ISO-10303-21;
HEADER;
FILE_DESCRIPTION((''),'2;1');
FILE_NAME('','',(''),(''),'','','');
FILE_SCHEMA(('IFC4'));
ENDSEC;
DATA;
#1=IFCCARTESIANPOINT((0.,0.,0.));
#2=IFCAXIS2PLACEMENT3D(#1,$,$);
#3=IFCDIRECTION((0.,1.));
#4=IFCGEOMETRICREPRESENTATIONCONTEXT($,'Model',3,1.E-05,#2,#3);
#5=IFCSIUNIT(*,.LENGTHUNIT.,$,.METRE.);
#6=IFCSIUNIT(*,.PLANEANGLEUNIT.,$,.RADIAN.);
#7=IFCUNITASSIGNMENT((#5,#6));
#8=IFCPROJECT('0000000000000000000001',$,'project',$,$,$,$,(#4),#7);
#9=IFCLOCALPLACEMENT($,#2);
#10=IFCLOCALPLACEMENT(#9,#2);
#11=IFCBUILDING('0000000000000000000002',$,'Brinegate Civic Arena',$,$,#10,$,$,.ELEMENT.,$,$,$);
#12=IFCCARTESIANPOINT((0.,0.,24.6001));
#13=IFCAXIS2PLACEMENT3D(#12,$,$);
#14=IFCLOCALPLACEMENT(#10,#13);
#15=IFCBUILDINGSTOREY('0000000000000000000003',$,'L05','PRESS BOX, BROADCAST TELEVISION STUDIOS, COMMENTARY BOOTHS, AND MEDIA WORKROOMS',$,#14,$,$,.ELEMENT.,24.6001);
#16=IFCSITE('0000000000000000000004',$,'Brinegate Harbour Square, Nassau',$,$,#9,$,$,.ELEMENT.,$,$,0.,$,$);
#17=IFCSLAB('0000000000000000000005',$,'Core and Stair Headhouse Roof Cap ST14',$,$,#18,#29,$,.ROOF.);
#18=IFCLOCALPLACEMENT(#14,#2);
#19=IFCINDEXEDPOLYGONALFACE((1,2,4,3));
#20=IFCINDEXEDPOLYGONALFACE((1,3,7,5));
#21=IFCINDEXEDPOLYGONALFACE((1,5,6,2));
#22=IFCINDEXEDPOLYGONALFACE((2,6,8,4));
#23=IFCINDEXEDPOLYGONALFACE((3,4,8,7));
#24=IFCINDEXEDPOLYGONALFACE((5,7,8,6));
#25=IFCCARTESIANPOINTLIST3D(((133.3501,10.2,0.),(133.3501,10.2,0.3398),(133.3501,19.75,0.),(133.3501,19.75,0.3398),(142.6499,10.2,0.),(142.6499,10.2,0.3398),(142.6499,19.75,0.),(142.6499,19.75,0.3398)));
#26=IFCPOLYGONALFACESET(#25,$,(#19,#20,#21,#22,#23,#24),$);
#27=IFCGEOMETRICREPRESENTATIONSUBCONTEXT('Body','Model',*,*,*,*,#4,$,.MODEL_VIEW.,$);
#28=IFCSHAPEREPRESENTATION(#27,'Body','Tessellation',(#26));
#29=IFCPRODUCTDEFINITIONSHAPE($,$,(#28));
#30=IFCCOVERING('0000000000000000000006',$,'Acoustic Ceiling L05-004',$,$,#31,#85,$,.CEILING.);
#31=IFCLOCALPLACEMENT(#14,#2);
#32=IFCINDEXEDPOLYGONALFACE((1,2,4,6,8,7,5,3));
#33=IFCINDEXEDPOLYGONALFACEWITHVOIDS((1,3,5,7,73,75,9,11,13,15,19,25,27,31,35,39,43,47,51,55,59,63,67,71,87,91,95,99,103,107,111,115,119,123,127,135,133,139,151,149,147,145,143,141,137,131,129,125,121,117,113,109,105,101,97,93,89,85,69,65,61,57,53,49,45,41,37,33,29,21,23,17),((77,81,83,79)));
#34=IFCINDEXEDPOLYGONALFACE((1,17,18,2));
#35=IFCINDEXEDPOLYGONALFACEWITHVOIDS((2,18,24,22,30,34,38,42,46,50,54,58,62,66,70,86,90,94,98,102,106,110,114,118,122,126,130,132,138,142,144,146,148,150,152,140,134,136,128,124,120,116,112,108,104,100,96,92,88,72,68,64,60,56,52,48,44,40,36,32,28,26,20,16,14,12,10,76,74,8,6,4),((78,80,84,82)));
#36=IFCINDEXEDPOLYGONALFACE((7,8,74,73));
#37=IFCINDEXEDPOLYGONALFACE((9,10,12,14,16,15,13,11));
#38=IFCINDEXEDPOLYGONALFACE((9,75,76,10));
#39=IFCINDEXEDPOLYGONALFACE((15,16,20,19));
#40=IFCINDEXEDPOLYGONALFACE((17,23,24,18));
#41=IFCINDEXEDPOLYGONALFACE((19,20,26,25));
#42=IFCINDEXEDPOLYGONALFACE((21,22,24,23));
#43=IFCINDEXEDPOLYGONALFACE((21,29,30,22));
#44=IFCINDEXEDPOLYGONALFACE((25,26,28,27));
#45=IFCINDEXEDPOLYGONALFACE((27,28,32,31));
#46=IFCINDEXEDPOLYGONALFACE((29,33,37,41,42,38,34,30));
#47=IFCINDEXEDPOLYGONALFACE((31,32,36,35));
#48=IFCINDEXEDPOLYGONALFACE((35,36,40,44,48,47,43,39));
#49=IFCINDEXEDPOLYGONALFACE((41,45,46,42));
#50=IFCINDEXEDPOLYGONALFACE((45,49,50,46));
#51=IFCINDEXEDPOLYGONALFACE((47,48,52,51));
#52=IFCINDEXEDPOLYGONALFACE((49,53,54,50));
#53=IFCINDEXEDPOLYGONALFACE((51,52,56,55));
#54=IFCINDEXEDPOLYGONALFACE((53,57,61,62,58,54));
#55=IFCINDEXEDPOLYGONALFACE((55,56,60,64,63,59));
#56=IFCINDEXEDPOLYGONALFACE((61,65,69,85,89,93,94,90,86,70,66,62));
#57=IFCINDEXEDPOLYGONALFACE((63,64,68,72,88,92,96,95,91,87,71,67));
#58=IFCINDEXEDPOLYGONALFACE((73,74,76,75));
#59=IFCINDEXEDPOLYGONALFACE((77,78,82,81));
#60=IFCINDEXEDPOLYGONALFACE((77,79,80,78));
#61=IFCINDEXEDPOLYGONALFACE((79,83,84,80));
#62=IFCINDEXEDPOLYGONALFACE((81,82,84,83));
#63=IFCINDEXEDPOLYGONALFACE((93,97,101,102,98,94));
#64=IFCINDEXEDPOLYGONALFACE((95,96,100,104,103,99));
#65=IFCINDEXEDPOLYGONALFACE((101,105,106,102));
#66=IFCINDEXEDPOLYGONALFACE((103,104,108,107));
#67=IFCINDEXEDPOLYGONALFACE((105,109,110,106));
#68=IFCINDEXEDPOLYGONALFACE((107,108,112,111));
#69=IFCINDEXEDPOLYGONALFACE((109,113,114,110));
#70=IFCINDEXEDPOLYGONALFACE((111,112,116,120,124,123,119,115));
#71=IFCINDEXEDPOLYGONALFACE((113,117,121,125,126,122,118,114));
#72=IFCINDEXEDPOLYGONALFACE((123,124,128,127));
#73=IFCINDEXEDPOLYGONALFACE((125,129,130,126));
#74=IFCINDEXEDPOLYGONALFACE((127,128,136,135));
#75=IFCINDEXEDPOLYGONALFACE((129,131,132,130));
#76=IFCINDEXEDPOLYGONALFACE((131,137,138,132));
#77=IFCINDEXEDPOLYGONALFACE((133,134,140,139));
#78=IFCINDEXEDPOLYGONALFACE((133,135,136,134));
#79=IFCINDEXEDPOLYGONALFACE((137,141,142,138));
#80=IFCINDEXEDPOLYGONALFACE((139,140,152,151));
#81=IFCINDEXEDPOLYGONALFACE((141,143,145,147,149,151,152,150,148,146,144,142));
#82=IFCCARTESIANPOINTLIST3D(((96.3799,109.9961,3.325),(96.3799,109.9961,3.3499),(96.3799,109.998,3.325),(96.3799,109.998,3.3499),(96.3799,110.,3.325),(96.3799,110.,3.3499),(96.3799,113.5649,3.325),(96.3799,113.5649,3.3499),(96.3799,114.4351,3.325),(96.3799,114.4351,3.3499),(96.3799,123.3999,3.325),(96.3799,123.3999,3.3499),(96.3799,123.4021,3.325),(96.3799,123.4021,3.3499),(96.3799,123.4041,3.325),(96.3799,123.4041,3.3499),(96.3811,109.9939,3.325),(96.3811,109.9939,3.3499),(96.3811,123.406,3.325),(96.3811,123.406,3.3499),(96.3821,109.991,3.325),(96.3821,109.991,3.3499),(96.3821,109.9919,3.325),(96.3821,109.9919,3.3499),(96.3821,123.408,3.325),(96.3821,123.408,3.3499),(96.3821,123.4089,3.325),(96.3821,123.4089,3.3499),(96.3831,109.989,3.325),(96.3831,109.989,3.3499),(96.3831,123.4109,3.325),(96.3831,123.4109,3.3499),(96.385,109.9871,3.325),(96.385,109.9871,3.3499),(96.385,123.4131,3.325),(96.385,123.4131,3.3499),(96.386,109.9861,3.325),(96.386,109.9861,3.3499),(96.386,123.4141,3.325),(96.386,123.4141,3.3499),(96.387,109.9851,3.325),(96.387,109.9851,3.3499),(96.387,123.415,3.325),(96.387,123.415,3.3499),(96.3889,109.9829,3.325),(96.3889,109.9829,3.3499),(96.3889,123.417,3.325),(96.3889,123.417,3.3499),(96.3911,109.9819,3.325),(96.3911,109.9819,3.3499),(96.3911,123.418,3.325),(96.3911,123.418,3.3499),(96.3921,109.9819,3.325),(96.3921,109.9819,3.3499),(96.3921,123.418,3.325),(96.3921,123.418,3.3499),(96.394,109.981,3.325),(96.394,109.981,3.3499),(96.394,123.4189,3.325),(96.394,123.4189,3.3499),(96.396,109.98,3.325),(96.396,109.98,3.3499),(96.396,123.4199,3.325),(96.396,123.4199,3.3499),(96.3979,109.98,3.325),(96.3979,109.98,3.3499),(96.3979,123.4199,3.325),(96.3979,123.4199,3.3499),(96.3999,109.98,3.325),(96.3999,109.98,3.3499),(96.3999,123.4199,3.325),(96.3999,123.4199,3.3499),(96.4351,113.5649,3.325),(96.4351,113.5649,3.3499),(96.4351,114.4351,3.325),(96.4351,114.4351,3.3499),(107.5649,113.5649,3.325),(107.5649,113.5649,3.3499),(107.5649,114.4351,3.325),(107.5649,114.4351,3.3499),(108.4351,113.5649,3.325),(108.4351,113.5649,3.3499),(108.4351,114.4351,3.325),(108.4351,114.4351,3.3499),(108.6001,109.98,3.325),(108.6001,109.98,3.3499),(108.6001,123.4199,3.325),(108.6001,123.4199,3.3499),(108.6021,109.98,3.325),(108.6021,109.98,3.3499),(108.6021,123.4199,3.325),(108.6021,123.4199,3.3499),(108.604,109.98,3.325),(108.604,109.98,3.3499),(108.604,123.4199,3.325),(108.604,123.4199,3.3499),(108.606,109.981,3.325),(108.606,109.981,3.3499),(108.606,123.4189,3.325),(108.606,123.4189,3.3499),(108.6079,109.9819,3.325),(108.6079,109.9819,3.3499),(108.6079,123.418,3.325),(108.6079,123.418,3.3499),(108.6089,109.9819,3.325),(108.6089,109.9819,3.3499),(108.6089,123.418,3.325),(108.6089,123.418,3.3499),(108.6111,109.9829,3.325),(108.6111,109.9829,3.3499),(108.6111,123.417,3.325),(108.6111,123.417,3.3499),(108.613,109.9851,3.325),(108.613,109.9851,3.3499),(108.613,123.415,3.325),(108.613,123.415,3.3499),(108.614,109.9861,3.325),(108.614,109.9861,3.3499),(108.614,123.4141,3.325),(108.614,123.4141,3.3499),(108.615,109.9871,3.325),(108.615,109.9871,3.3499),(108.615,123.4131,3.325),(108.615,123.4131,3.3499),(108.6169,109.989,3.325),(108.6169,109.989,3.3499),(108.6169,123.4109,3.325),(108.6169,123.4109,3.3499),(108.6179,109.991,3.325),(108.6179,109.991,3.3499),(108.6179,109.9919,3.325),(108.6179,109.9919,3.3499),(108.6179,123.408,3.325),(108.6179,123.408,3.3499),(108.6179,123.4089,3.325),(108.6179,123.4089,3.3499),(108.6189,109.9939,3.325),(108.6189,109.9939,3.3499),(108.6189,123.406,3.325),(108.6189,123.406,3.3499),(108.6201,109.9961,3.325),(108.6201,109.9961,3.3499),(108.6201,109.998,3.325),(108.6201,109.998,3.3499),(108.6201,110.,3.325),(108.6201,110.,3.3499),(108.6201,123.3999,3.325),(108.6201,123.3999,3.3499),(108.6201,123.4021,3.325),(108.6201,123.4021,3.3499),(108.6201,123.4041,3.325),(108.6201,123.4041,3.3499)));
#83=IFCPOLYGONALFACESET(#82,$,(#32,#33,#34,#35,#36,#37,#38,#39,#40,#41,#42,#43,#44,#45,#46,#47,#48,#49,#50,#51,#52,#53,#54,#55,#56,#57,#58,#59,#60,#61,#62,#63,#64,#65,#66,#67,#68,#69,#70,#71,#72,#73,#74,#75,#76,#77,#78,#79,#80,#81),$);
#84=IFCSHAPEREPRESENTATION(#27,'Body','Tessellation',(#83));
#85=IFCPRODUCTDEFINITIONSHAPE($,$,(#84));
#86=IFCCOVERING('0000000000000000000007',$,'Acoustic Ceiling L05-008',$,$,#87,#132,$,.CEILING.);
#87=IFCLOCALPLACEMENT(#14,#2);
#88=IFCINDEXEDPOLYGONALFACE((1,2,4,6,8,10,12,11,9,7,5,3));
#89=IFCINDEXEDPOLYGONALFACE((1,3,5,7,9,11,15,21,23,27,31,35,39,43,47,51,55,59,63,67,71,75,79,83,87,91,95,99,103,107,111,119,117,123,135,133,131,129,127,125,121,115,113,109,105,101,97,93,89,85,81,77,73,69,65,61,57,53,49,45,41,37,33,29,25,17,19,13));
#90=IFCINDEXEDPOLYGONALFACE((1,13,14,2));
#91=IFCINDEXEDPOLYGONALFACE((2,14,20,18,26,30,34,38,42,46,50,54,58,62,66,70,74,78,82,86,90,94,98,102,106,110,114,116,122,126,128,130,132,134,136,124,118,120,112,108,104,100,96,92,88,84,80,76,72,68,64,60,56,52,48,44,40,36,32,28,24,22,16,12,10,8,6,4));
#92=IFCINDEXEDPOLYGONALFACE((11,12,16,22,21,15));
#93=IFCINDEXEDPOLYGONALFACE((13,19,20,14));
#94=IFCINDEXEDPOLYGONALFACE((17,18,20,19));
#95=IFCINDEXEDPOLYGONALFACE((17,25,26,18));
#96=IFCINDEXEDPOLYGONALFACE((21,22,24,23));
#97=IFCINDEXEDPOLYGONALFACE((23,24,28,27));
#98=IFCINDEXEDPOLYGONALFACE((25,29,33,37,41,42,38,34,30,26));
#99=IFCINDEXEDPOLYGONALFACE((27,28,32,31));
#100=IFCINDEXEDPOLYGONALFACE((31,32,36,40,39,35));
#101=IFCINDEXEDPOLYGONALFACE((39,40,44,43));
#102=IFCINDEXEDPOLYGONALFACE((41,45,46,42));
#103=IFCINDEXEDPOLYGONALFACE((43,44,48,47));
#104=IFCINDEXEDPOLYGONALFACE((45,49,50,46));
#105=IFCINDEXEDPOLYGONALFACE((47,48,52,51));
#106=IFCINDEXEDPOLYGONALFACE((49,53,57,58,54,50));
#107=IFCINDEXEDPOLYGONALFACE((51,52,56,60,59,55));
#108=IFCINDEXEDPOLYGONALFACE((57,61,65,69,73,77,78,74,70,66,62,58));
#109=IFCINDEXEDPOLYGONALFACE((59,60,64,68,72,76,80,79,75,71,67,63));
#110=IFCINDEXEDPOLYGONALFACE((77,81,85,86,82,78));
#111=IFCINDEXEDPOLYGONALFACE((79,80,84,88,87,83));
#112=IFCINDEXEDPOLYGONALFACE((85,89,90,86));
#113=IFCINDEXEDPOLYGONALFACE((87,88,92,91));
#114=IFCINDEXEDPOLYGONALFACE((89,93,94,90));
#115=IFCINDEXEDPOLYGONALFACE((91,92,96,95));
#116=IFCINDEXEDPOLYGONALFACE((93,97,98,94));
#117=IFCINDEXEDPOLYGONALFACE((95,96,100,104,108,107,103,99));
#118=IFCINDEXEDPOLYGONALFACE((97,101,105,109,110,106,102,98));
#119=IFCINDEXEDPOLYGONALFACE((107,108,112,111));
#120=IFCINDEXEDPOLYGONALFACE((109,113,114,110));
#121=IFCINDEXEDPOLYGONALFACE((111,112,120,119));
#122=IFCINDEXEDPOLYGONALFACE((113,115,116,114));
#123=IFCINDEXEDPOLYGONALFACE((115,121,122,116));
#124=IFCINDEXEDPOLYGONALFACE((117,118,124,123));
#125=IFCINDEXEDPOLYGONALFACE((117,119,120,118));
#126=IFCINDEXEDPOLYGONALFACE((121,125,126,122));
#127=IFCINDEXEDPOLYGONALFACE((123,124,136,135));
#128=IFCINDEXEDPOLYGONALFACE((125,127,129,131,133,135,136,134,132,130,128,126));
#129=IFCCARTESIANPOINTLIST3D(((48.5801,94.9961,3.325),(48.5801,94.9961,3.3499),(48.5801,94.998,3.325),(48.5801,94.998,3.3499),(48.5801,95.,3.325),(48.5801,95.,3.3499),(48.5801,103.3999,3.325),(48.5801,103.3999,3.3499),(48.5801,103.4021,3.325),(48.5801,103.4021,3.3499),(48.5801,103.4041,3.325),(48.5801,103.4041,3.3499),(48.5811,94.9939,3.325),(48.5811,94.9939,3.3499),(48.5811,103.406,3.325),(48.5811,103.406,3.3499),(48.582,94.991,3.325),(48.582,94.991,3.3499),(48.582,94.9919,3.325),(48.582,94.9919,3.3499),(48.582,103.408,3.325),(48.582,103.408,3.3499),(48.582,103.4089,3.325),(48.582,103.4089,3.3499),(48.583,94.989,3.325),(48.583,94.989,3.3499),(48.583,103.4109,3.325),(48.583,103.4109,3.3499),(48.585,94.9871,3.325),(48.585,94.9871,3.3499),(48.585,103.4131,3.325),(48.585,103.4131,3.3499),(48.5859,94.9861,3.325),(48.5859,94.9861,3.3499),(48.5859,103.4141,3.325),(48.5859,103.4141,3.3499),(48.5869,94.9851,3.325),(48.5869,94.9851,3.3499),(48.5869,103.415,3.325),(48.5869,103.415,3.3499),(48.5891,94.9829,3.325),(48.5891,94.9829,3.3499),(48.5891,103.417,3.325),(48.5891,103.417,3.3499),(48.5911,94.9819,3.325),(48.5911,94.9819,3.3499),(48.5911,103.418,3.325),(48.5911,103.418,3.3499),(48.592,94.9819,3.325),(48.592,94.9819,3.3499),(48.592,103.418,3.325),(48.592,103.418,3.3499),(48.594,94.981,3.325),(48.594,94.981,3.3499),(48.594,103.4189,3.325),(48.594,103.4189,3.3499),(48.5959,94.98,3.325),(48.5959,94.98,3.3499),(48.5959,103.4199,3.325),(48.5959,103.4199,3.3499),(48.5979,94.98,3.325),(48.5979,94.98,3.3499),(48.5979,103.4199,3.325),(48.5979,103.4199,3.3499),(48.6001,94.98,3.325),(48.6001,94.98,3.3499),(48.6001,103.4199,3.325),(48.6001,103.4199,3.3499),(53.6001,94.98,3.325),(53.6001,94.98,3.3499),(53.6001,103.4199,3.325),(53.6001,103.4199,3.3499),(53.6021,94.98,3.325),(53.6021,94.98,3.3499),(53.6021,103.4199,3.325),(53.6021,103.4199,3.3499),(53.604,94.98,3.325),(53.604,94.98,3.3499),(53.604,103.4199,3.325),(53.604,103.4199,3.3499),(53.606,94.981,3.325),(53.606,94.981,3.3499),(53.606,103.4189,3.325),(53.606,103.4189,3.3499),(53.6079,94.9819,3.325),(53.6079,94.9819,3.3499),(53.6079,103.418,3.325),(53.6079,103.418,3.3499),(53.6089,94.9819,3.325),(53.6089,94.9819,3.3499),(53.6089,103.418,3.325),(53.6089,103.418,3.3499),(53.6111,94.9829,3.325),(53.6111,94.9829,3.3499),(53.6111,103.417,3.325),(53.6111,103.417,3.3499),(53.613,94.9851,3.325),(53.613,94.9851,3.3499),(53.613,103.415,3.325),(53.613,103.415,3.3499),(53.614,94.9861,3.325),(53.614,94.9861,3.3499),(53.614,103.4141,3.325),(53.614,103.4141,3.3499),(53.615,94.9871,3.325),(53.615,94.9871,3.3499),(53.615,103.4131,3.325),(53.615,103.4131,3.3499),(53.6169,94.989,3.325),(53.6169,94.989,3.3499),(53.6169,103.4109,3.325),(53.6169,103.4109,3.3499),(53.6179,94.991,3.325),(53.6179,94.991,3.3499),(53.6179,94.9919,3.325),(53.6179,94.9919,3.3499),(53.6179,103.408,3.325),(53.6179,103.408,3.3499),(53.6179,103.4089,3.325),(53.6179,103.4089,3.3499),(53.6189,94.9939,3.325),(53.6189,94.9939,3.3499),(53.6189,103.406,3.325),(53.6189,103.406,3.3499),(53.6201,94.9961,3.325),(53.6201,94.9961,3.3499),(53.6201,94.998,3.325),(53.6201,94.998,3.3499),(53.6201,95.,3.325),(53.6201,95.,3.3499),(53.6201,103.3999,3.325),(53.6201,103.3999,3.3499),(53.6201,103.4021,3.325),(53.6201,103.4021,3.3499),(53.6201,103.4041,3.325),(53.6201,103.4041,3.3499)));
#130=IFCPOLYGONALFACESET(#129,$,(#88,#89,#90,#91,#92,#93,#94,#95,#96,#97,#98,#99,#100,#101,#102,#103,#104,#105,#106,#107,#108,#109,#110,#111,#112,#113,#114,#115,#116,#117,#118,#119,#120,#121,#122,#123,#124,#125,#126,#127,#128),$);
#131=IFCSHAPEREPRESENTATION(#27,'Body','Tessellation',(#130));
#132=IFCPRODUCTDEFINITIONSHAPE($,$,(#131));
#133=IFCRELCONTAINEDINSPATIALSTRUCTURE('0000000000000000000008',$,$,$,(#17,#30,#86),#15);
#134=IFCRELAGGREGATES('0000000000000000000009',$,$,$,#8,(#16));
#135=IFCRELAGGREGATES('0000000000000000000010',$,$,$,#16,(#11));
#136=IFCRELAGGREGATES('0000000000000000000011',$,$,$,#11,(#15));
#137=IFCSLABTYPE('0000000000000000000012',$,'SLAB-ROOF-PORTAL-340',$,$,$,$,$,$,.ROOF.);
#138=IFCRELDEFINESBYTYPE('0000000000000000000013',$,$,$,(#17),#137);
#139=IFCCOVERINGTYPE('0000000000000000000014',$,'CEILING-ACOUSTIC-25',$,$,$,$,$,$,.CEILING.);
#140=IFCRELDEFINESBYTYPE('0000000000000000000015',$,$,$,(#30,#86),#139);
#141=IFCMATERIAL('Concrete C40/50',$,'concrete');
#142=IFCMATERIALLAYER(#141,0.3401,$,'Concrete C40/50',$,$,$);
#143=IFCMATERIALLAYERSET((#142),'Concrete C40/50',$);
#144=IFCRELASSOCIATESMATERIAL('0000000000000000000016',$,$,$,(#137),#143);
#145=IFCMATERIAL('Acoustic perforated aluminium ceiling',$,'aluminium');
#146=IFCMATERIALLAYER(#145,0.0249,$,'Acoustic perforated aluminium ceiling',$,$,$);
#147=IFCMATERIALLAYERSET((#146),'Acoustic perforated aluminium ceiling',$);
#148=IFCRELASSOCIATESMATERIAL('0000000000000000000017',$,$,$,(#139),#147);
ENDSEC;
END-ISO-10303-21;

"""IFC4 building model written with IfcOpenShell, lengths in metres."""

from ifc_helpers import new_model, si_unit, direction, frame, origin, place, context, subcontext, project, spatial, polyline, outline, extrude, material, layer, layer_set, type_object, element, save


model = new_model("IFC4")

# Units and contexts
model_context = context("Model", 3, precision=1e-05, world=origin(), true_north=direction((0.0, 1.0)))
body_context = subcontext(model_context, "Body", "Model", "MODEL_VIEW")
ifc_project = project(units=[si_unit("LENGTHUNIT", "METRE"), si_unit("PLANEANGLEUNIT", "RADIAN")], contexts=[model_context])

# Site, building, storey
site_placement = place(None, origin())
site = spatial("IfcSite", under=ifc_project, at=site_placement, Name="Brinegate Harbour Square, Nassau", CompositionType="ELEMENT", RefElevation=0.0)
building_placement = place(site_placement, origin())
building = spatial("IfcBuilding", under=site, at=building_placement, Name="Brinegate Civic Arena", CompositionType="ELEMENT")
storey_placement = place(building_placement, frame((0.0, 0.0, 24.6001)))
storey = spatial("IfcBuildingStorey", under=building, at=storey_placement, Name="L05", Description="PRESS BOX, BROADCAST TELEVISION STUDIOS, COMMENTARY BOOTHS, AND MEDIA WORKROOMS", CompositionType="ELEMENT", Elevation=24.6001)

# Slab
ifc_material_1 = material(Name="Concrete C40/50", Category="concrete")
ifc_layer_1 = layer(ifc_material_1, 0.3401, Name="Concrete C40/50")
ifc_layer_set_1 = layer_set([ifc_layer_1], Name="Concrete C40/50")
slab_type_1 = type_object("IfcSlabType", Name="SLAB-ROOF-PORTAL-340", PredefinedType="ROOF", material=ifc_layer_set_1)
slab_1_placement = place(storey_placement, origin())
element("IfcSlab", 1, at=slab_1_placement, inside=storey, type_object=slab_type_1, Name="Core and Stair Headhouse Roof Cap ST14", PredefinedType="ROOF", context=body_context, shape_type="SweptSolid", body=[
    extrude(outline(polyline([(133.3501, 10.2), (142.6499, 10.2), (142.6499, 19.75), (133.3501, 19.75), (133.3501, 10.2)])), origin(), (0.0, 0.0, 1.0), 0.3398),
])

# Coverings
ifc_material_2 = material(Name="Acoustic perforated aluminium ceiling", Category="aluminium")
ifc_layer_2 = layer(ifc_material_2, 0.0249, Name="Acoustic perforated aluminium ceiling")
ifc_layer_set_2 = layer_set([ifc_layer_2], Name="Acoustic perforated aluminium ceiling")
covering_type_1 = type_object("IfcCoveringType", Name="CEILING-ACOUSTIC-25", PredefinedType="CEILING", material=ifc_layer_set_2)
covering_1_placement = place(storey_placement, frame((0.0, 0.0, 3.325)))
element("IfcCovering", 2, at=covering_1_placement, inside=storey, type_object=covering_type_1, Name="Acoustic Ceiling L05-004", PredefinedType="CEILING", context=body_context, shape_type="SweptSolid", body=[
    extrude(outline(polyline([(108.604, 123.4199), (108.606, 123.4189), (108.6079, 123.418), (108.6089, 123.418), (108.6111, 123.417), (108.613, 123.415), (108.614, 123.4141), (108.615, 123.4131), (108.6169, 123.4109), (108.6179, 123.4089), (108.6179, 123.408), (108.6189, 123.406), (108.6201, 123.4041), (108.6201, 123.4021), (108.6201, 123.3999), (108.6201, 110.0), (108.6201, 109.998), (108.6201, 109.9961), (108.6189, 109.9939), (108.6179, 109.9919), (108.6179, 109.991), (108.6169, 109.989), (108.615, 109.9871), (108.614, 109.9861), (108.613, 109.9851), (108.6111, 109.9829), (108.6089, 109.9819), (108.6079, 109.9819), (108.606, 109.981), (108.604, 109.98), (108.6021, 109.98), (108.6001, 109.98), (96.3999, 109.98), (96.3979, 109.98), (96.396, 109.98), (96.394, 109.981), (96.3921, 109.9819), (96.3911, 109.9819), (96.3889, 109.9829), (96.387, 109.9851), (96.386, 109.9861), (96.385, 109.9871), (96.3831, 109.989), (96.3821, 109.991), (96.3821, 109.9919), (96.3811, 109.9939), (96.3799, 109.9961), (96.3799, 109.998), (96.3799, 110.0), (96.3799, 113.5649), (96.4351, 113.5649), (96.4351, 114.4351), (96.3799, 114.4351), (96.3799, 123.3999), (96.3799, 123.4021), (96.3799, 123.4041), (96.3811, 123.406), (96.3821, 123.408), (96.3821, 123.4089), (96.3831, 123.4109), (96.385, 123.4131), (96.386, 123.4141), (96.387, 123.415), (96.3889, 123.417), (96.3911, 123.418), (96.3921, 123.418), (96.394, 123.4189), (96.396, 123.4199), (96.3979, 123.4199), (96.3999, 123.4199), (108.6001, 123.4199), (108.6021, 123.4199), (108.604, 123.4199)]), holes=[polyline([(107.5649, 113.5649), (108.4351, 113.5649), (108.4351, 114.4351), (107.5649, 114.4351), (107.5649, 113.5649)])]), origin(), (0.0, 0.0, 1.0), 0.0249),
])
covering_2_placement = place(storey_placement, frame((0.0, 0.0, 3.325)))
element("IfcCovering", 3, at=covering_2_placement, inside=storey, type_object=covering_type_1, Name="Acoustic Ceiling L05-008", PredefinedType="CEILING", context=body_context, shape_type="SweptSolid", body=[
    extrude(outline(polyline([(53.604, 103.4199), (53.606, 103.4189), (53.6079, 103.418), (53.6089, 103.418), (53.6111, 103.417), (53.613, 103.415), (53.614, 103.4141), (53.615, 103.4131), (53.6169, 103.4109), (53.6179, 103.4089), (53.6179, 103.408), (53.6189, 103.406), (53.6201, 103.4041), (53.6201, 103.4021), (53.6201, 103.3999), (53.6201, 95.0), (53.6201, 94.998), (53.6201, 94.9961), (53.6189, 94.9939), (53.6179, 94.9919), (53.6179, 94.991), (53.6169, 94.989), (53.615, 94.9871), (53.614, 94.9861), (53.613, 94.9851), (53.6111, 94.9829), (53.6089, 94.9819), (53.6079, 94.9819), (53.606, 94.981), (53.604, 94.98), (53.6021, 94.98), (53.6001, 94.98), (48.6001, 94.98), (48.5979, 94.98), (48.5959, 94.98), (48.594, 94.981), (48.592, 94.9819), (48.5911, 94.9819), (48.5891, 94.9829), (48.5869, 94.9851), (48.5859, 94.9861), (48.585, 94.9871), (48.583, 94.989), (48.582, 94.991), (48.582, 94.9919), (48.5811, 94.9939), (48.5801, 94.9961), (48.5801, 94.998), (48.5801, 95.0), (48.5801, 103.3999), (48.5801, 103.4021), (48.5801, 103.4041), (48.5811, 103.406), (48.582, 103.408), (48.582, 103.4089), (48.583, 103.4109), (48.585, 103.4131), (48.5859, 103.4141), (48.5869, 103.415), (48.5891, 103.417), (48.5911, 103.418), (48.592, 103.418), (48.594, 103.4189), (48.5959, 103.4199), (48.5979, 103.4199), (48.6001, 103.4199), (53.6001, 103.4199), (53.6021, 103.4199), (53.604, 103.4199)])), origin(), (0.0, 0.0, 1.0), 0.0249),
])

save(model, "model.ifc")
